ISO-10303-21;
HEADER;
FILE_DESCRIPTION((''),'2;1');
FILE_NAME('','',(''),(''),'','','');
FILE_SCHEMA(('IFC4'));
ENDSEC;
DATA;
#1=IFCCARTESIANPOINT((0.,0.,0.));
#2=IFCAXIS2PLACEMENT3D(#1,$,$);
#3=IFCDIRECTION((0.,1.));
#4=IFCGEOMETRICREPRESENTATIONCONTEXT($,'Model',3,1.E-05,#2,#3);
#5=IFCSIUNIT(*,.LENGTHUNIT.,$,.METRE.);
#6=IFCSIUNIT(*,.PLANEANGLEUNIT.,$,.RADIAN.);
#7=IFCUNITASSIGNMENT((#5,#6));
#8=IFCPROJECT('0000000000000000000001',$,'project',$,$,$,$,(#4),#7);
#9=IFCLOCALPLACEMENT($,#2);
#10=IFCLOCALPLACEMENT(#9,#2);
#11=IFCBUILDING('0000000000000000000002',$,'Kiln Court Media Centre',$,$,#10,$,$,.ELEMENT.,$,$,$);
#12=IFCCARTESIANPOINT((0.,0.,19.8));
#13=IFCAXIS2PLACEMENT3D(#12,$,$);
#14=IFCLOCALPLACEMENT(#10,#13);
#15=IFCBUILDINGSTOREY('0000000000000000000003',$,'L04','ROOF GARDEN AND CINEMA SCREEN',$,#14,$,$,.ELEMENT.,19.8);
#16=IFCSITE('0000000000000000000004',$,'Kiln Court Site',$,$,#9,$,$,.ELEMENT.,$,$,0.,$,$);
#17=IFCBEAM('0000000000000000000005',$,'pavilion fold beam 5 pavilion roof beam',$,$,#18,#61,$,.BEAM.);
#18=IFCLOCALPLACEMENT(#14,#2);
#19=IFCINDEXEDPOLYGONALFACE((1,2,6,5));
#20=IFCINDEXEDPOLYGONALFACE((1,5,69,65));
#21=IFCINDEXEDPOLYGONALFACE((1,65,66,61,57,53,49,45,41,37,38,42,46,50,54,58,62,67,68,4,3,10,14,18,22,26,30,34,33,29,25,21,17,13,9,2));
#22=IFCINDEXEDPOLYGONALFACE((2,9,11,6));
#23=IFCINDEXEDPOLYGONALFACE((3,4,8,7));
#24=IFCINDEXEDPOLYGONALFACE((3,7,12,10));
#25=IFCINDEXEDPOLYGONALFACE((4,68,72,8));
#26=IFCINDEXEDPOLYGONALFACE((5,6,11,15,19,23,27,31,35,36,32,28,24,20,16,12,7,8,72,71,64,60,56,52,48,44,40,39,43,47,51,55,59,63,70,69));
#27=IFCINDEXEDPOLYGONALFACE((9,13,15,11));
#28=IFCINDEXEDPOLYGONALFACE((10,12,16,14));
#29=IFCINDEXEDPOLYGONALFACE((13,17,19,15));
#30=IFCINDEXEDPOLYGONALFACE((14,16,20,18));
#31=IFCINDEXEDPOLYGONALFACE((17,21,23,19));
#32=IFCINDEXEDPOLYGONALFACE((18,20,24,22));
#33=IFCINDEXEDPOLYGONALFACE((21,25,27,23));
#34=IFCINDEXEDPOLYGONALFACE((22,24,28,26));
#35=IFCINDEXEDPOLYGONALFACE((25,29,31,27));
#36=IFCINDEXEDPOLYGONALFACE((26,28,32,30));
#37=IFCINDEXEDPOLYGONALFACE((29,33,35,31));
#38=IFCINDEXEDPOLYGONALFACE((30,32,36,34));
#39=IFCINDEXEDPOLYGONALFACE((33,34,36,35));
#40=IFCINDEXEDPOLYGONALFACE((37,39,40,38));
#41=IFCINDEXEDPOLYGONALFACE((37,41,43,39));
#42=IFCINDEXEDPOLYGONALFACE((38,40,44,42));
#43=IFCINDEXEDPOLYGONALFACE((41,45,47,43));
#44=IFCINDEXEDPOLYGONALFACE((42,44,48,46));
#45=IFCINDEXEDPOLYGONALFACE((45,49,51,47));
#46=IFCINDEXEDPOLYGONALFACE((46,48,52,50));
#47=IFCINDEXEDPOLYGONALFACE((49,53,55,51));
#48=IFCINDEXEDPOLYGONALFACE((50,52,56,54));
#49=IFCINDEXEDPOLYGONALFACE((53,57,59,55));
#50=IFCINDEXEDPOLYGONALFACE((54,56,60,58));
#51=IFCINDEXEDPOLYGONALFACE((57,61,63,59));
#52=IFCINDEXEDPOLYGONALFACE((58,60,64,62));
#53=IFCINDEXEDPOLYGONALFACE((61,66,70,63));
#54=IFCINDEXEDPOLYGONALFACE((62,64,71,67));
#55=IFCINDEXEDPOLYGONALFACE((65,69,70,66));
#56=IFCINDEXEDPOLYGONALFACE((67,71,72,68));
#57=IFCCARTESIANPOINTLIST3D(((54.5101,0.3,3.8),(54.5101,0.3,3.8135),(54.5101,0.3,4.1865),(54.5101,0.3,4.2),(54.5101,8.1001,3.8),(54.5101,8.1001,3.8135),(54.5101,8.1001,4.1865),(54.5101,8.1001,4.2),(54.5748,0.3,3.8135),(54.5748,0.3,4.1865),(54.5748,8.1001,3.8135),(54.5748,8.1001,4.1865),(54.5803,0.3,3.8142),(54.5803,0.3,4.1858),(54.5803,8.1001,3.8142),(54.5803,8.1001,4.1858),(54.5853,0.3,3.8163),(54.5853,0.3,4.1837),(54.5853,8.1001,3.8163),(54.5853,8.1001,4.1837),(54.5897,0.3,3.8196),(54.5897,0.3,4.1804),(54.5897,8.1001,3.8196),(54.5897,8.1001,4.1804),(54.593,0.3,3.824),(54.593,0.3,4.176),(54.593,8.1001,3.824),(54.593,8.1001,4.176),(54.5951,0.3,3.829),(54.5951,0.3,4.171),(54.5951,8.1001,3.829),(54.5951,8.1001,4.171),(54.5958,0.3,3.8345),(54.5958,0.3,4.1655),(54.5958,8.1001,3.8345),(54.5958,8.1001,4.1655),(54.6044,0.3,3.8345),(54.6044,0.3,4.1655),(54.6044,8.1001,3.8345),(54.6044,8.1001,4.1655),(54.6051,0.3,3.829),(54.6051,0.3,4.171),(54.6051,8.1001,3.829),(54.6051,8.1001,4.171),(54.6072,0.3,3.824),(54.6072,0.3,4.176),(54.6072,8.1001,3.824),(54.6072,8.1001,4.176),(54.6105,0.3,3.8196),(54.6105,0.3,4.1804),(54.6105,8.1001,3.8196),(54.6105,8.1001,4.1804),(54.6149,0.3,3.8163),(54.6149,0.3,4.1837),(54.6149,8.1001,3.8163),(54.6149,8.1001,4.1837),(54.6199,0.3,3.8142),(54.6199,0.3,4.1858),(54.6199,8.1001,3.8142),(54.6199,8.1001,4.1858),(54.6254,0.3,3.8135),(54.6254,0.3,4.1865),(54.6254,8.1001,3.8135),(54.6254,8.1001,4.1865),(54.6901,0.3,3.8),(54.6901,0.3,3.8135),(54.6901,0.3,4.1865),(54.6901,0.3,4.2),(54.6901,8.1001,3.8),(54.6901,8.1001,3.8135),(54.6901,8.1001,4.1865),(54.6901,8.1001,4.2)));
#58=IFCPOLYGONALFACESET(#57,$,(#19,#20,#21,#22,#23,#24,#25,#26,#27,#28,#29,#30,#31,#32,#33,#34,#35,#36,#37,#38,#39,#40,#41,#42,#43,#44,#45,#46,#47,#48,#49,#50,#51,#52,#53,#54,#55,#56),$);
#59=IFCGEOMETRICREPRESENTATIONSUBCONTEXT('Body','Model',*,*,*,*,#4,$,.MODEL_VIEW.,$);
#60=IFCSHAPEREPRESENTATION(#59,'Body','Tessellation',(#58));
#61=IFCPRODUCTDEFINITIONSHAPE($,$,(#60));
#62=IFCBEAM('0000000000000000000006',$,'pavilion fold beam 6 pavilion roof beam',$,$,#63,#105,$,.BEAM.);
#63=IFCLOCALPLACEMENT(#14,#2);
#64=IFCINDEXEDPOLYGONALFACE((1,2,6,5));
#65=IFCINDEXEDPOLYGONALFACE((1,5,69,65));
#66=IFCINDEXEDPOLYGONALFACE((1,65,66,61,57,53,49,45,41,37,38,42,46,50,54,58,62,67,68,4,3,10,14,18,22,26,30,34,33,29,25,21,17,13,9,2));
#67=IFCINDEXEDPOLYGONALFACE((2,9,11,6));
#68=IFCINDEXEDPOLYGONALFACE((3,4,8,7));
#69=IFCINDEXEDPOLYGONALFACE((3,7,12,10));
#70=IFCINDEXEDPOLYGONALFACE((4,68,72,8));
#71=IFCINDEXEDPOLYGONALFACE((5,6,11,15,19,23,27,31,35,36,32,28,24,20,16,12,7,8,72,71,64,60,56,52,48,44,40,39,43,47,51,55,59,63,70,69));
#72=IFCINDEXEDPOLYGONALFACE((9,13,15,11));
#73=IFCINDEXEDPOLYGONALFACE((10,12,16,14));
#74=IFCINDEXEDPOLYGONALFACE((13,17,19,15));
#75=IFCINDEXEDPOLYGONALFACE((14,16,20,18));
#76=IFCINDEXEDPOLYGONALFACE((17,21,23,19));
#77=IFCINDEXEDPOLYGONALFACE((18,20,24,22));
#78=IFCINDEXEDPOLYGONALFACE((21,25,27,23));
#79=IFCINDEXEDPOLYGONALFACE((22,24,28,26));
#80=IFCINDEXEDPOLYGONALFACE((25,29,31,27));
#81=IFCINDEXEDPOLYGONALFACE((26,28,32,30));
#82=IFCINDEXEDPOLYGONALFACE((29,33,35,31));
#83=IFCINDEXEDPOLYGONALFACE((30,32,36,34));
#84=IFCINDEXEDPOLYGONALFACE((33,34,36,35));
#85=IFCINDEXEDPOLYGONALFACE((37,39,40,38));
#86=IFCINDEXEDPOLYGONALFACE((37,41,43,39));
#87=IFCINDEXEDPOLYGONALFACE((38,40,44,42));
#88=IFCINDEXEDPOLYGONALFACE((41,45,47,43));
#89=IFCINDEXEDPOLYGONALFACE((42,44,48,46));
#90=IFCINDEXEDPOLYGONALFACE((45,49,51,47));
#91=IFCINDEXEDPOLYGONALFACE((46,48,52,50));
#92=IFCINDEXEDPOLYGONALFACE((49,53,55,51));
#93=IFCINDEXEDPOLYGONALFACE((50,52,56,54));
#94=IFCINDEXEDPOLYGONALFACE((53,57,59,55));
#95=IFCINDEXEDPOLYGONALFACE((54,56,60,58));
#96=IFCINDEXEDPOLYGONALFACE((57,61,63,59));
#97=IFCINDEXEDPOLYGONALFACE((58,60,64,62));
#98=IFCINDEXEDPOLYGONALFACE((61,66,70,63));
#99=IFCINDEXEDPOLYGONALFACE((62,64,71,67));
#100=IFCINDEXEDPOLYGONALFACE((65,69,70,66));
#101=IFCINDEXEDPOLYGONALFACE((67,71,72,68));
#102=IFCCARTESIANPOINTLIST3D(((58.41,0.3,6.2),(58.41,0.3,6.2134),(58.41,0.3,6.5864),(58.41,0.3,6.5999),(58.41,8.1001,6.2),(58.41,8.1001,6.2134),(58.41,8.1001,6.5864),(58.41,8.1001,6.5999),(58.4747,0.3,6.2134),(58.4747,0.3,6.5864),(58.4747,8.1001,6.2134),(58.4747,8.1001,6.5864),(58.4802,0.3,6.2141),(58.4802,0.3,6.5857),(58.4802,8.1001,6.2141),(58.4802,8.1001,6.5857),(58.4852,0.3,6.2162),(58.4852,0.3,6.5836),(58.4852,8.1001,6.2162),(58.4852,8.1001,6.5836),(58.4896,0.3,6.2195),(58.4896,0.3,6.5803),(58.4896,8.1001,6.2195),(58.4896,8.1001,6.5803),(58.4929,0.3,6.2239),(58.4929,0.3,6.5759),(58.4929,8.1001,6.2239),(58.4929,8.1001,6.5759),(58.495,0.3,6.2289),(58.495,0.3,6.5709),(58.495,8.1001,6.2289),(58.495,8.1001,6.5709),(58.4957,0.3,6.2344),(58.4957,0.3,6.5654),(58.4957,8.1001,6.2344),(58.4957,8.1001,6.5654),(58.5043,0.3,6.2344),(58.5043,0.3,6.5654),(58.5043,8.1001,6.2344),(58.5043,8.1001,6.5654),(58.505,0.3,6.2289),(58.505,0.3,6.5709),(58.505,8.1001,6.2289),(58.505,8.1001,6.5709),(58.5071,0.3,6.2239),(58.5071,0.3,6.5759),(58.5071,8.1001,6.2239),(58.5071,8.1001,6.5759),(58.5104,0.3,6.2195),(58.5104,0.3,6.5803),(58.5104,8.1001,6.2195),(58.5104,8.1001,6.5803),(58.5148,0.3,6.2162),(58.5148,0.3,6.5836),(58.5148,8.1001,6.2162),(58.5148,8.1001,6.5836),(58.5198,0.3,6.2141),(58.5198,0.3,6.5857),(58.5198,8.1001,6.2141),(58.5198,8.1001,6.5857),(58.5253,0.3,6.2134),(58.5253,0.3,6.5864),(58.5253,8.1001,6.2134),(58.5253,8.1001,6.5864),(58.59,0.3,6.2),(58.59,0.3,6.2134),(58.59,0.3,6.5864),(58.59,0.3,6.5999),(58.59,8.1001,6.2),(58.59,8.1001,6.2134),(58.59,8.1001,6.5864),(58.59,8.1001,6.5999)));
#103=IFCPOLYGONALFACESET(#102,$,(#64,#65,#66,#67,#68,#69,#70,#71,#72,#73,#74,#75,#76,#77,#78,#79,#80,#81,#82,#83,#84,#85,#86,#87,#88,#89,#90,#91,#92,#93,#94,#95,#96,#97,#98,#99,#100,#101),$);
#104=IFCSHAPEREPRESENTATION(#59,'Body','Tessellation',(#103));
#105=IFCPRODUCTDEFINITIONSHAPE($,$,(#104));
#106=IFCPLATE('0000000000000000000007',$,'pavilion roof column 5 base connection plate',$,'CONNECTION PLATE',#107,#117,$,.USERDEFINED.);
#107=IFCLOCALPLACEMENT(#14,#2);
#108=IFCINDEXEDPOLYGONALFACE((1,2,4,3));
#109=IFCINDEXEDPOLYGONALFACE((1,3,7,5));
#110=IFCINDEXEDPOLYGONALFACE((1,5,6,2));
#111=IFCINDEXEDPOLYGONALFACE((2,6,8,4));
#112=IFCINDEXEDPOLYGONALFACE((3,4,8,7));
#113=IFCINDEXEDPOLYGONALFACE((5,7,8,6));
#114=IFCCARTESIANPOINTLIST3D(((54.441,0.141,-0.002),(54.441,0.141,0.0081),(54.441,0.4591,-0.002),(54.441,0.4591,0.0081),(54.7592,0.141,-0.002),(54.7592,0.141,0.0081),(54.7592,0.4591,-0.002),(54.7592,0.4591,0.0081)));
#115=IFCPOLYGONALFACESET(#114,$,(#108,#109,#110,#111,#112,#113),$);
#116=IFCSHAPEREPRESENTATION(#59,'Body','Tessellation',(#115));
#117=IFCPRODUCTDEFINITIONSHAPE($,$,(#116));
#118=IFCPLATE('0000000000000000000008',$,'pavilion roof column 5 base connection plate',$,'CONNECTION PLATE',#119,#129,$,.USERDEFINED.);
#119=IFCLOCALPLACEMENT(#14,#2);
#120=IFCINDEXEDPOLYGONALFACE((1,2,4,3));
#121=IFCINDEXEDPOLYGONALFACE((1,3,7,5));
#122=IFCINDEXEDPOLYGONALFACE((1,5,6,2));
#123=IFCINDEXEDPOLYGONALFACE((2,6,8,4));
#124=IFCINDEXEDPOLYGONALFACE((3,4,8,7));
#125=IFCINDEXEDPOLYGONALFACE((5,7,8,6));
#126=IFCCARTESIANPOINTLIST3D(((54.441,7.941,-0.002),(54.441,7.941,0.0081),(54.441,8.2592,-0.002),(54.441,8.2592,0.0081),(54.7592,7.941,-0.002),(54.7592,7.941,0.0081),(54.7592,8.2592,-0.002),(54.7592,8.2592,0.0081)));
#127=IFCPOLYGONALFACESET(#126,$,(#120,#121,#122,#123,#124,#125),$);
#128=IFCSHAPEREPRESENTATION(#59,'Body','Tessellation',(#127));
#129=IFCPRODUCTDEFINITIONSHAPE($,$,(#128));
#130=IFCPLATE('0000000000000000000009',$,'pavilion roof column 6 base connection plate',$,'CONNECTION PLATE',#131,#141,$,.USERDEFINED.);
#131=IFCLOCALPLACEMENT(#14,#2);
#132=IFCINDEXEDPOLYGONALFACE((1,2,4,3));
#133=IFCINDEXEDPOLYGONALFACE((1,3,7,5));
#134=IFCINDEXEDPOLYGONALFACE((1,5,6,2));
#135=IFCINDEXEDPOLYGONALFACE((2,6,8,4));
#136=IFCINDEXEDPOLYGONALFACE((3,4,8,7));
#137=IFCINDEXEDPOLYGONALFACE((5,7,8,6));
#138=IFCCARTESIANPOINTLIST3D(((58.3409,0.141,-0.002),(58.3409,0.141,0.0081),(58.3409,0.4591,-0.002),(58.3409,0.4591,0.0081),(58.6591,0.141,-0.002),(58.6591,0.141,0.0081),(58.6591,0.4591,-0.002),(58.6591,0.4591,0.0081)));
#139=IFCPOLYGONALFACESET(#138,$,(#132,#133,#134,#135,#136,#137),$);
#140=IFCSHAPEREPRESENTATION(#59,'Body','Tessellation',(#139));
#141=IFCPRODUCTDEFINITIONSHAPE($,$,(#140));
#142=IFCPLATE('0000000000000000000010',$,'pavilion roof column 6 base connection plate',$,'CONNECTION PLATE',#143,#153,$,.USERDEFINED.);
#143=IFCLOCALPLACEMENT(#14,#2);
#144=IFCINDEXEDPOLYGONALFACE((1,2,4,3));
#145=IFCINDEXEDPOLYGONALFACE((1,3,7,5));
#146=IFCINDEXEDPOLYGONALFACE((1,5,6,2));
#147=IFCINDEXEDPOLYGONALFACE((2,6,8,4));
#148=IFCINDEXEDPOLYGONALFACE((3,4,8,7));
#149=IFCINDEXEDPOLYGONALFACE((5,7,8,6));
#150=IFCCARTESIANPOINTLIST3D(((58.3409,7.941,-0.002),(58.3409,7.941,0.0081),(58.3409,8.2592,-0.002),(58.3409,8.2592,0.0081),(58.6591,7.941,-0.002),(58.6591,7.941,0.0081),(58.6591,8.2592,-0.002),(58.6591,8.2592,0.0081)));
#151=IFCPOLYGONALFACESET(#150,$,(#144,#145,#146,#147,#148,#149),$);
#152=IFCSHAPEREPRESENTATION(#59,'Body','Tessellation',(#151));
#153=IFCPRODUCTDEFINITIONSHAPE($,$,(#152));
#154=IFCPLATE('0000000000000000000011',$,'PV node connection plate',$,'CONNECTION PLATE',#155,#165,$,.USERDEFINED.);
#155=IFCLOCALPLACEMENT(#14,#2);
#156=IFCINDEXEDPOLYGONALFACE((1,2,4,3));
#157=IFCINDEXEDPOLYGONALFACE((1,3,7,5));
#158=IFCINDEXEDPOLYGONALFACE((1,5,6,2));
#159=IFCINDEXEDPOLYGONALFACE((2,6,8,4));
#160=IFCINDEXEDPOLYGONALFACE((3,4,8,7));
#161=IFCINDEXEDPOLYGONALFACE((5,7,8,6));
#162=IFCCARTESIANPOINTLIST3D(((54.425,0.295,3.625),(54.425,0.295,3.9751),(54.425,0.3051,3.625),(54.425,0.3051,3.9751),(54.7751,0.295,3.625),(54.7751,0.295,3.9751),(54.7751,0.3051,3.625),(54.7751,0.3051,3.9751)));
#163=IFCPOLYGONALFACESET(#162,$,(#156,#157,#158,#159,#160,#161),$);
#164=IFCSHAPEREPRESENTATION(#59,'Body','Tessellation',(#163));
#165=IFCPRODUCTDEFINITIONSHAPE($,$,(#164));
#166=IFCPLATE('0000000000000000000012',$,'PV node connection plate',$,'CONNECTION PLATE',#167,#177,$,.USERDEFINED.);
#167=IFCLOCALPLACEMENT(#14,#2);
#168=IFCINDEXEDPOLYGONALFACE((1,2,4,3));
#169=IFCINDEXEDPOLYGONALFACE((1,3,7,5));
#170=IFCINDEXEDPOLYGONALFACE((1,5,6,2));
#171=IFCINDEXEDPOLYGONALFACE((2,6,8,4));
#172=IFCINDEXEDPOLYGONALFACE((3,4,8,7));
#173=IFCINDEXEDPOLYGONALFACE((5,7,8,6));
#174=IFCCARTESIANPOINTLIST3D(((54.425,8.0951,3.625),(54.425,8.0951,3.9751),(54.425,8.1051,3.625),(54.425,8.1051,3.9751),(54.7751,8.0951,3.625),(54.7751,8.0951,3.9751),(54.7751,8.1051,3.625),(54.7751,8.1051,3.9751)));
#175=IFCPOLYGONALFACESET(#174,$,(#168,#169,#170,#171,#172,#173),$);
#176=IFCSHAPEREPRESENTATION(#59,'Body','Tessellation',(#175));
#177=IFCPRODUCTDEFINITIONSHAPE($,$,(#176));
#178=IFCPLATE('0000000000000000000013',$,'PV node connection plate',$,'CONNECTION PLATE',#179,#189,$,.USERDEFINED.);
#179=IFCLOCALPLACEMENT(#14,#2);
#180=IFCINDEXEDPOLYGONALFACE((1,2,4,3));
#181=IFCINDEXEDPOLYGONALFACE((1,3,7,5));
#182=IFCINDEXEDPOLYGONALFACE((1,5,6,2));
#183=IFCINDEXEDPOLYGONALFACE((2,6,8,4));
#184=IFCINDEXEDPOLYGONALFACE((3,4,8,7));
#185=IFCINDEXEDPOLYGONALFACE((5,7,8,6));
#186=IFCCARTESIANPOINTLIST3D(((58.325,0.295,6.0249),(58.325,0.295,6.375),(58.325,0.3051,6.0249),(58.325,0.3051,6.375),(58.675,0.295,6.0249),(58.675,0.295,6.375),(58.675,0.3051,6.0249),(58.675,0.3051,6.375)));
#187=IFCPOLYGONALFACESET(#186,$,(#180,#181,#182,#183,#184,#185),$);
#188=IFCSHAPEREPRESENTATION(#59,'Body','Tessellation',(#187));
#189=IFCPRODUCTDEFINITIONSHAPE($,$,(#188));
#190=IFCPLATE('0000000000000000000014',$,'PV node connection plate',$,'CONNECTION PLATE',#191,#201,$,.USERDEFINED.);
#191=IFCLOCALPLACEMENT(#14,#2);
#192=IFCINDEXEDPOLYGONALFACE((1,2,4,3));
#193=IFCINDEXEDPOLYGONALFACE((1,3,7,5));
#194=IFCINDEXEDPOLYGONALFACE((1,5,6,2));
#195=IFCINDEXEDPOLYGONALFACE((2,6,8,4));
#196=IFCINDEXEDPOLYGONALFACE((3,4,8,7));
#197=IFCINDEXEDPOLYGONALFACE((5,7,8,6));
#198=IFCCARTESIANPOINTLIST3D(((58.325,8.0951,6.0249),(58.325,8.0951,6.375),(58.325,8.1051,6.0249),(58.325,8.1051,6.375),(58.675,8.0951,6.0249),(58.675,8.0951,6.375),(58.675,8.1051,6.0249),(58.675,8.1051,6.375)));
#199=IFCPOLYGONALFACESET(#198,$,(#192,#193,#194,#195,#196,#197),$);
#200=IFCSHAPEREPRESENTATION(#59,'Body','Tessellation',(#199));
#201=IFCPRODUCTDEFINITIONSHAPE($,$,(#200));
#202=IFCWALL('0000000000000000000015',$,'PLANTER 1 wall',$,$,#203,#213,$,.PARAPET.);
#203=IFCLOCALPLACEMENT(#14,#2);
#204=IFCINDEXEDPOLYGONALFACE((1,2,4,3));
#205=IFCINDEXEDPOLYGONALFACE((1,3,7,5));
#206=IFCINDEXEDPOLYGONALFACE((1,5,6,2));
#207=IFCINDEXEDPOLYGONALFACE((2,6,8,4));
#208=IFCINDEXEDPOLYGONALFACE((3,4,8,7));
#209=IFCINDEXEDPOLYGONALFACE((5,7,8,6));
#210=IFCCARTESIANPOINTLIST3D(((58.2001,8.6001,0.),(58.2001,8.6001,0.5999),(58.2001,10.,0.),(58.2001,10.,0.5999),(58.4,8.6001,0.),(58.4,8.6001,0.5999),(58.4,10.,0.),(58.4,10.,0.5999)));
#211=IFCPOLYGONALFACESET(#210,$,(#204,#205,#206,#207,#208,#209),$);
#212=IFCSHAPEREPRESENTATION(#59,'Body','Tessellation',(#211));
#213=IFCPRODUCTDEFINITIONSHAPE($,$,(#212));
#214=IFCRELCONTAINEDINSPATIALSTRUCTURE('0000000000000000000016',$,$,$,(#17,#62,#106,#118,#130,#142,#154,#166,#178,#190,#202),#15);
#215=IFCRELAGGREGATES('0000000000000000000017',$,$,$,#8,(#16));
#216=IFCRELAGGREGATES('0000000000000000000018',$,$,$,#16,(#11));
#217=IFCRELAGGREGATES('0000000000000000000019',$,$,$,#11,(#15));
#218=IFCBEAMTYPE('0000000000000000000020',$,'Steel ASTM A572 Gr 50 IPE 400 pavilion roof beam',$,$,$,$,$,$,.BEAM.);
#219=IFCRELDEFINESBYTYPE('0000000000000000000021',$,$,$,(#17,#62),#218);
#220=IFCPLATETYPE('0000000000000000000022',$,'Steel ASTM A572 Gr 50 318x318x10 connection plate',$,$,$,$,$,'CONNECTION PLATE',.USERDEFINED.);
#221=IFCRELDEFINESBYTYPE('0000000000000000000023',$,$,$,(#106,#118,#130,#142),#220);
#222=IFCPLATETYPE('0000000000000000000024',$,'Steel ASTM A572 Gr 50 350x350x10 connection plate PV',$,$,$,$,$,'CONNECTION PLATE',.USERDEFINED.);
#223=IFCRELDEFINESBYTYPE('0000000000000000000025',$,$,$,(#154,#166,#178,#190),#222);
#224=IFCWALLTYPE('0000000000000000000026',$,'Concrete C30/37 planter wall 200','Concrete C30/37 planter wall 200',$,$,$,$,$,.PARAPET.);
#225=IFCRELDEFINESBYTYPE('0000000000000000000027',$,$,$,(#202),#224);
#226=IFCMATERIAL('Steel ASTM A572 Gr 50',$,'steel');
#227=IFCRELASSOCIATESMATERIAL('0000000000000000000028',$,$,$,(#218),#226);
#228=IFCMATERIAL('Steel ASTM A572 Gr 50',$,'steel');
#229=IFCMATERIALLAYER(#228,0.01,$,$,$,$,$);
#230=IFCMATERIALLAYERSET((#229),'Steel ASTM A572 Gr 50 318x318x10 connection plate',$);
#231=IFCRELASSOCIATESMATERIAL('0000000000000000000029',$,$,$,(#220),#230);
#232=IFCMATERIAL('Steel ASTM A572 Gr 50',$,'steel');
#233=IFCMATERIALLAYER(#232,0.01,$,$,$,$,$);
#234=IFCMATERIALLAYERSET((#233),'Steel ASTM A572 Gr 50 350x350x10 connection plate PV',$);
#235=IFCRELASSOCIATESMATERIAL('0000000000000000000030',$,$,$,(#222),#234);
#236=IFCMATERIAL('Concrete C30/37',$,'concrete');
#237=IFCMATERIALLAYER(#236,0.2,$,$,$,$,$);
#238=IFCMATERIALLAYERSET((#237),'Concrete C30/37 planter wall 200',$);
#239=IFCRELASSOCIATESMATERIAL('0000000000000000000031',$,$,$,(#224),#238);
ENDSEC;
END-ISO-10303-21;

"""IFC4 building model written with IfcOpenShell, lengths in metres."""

from ifc_helpers import new_model, si_unit, direction, frame, frame_2d, origin, origin_2d, place, context, subcontext, project, spatial, rectangle, i_section, extrude, material, layer, layer_set, material_profile, profile_set, type_object, element, save


model = new_model("IFC4")

# Units and contexts
model_context = context("Model", 3, precision=1e-05, world=origin(), true_north=direction((0.0, 1.0)))
body_context = subcontext(model_context, "Body", "Model", "MODEL_VIEW")
ifc_project = project(units=[si_unit("LENGTHUNIT", "METRE"), si_unit("PLANEANGLEUNIT", "RADIAN")], contexts=[model_context])

# Site, building, storey
site_placement = place(None, origin())
site = spatial("IfcSite", under=ifc_project, at=site_placement, Name="Kiln Court Site", CompositionType="ELEMENT", RefElevation=0.0)
building_placement = place(site_placement, origin())
building = spatial("IfcBuilding", under=site, at=building_placement, Name="Kiln Court Media Centre", CompositionType="ELEMENT")
storey_placement = place(building_placement, frame((0.0, 0.0, 19.8)))
storey = spatial("IfcBuildingStorey", under=building, at=storey_placement, Name="L04", Description="ROOF GARDEN AND CINEMA SCREEN", CompositionType="ELEMENT", Elevation=19.8)

# Beams
ifc_material_1 = material(Name="Steel ASTM A572 Gr 50", Category="steel")
ifc_material_profile_1 = material_profile(ifc_material_1, i_section(OverallWidth=0.1799, OverallDepth=0.3999, WebThickness=0.0085, FlangeThickness=0.0134, FilletRadius=0.021, at=origin_2d()), Name="IPE 400")
ifc_profile_set_1 = profile_set([ifc_material_profile_1], Name="Steel ASTM A572 Gr 50")
beam_type_1 = type_object("IfcBeamType", Name="Steel ASTM A572 Gr 50 IPE 400 pavilion roof beam", PredefinedType="BEAM", material=ifc_profile_set_1)
for number, where, z_axis, x_axis, name in (
    (1, (54.6001, 0.3, 4.0), (0.0, 1.0, 0.0), (-1.0, 0.0, 0.0), "pavilion fold beam 5 pavilion roof beam"),
    (2, (58.5, 0.3, 6.3999), (0.0, 1.0, 0.0), (-1.0, 0.0, 0.0), "pavilion fold beam 6 pavilion roof beam"),
):
    element("IfcBeam", number, at=place(storey_placement, frame(where, z_axis=z_axis, x_axis=x_axis)), inside=storey, type_object=beam_type_1, Name=name, PredefinedType="BEAM", context=body_context, shape_type="SweptSolid", body=[
        extrude(i_section(OverallWidth=0.1799, OverallDepth=0.3999, WebThickness=0.0085, FlangeThickness=0.0134, FilletRadius=0.021, at=origin_2d()), origin(), (0.0, 0.0, 1.0), 7.8),
    ])

# Plates
ifc_material_2 = material(Name="Steel ASTM A572 Gr 50", Category="steel")
ifc_layer_1 = layer(ifc_material_2, 0.01)
ifc_layer_set_1 = layer_set([ifc_layer_1], Name="Steel ASTM A572 Gr 50 318x318x10 connection plate")
plate_type_1 = type_object("IfcPlateType", Name="Steel ASTM A572 Gr 50 318x318x10 connection plate", ElementType="CONNECTION PLATE", PredefinedType="USERDEFINED", material=ifc_layer_set_1)
for number, where, z_axis, x_axis, name in (
    (3, (54.6001, 0.3, -0.002), (0.0, 0.0, 1.0), (1.0, 0.0, 0.0), "pavilion roof column 5 base connection plate"),
    (4, (54.6001, 8.1001, -0.002), (0.0, 0.0, 1.0), (1.0, 0.0, 0.0), "pavilion roof column 5 base connection plate"),
    (5, (58.5, 0.3, -0.002), (0.0, 0.0, 1.0), (1.0, 0.0, 0.0), "pavilion roof column 6 base connection plate"),
    (6, (58.5, 8.1001, -0.002), (0.0, 0.0, 1.0), (1.0, 0.0, 0.0), "pavilion roof column 6 base connection plate"),
):
    element("IfcPlate", number, at=place(storey_placement, frame(where, z_axis=z_axis, x_axis=x_axis)), inside=storey, type_object=plate_type_1, Name=name, ObjectType="CONNECTION PLATE", PredefinedType="USERDEFINED", context=body_context, shape_type="SweptSolid", body=[
        extrude(rectangle(XDim=0.3181, YDim=0.3181, at=origin_2d()), origin(), (0.0, 0.0, 1.0), 0.01),
    ])
ifc_material_3 = material(Name="Steel ASTM A572 Gr 50", Category="steel")
ifc_layer_2 = layer(ifc_material_3, 0.01)
ifc_layer_set_2 = layer_set([ifc_layer_2], Name="Steel ASTM A572 Gr 50 350x350x10 connection plate PV")
plate_type_2 = type_object("IfcPlateType", Name="Steel ASTM A572 Gr 50 350x350x10 connection plate PV", ElementType="CONNECTION PLATE", PredefinedType="USERDEFINED", material=ifc_layer_set_2)
for number, where, z_axis, x_axis, name in (
    (7, (54.6001, 0.3, 3.625), (0.0, 0.0, 1.0), (1.0, 0.0, 0.0), "PV node connection plate"),
    (8, (54.6001, 8.1001, 3.625), (0.0, 0.0, 1.0), (1.0, 0.0, 0.0), "PV node connection plate"),
    (9, (58.5, 0.3, 6.0249), (0.0, 0.0, 1.0), (1.0, 0.0, 0.0), "PV node connection plate"),
    (10, (58.5, 8.1001, 6.0249), (0.0, 0.0, 1.0), (1.0, 0.0, 0.0), "PV node connection plate"),
):
    element("IfcPlate", number, at=place(storey_placement, frame(where, z_axis=z_axis, x_axis=x_axis)), inside=storey, type_object=plate_type_2, Name=name, ObjectType="CONNECTION PLATE", PredefinedType="USERDEFINED", context=body_context, shape_type="SweptSolid", body=[
        extrude(rectangle(XDim=0.3501, YDim=0.01, at=origin_2d()), origin(), (0.0, 0.0, 1.0), 0.3501),
    ])

# Wall
ifc_material_4 = material(Name="Concrete C30/37", Category="concrete")
ifc_layer_3 = layer(ifc_material_4, 0.2)
ifc_layer_set_3 = layer_set([ifc_layer_3], Name="Concrete C30/37 planter wall 200")
wall_type_1 = type_object("IfcWallType", Name="Concrete C30/37 planter wall 200", Description="Concrete C30/37 planter wall 200", PredefinedType="PARAPET", material=ifc_layer_set_3)
wall_1_placement = place(storey_placement, frame((58.3, 8.6001, 0.0), z_axis=(0.0, 0.0, 1.0), x_axis=(0.0, 1.0, 0.0)))
element("IfcWall", 11, at=wall_1_placement, inside=storey, type_object=wall_type_1, Name="PLANTER 1 wall", PredefinedType="PARAPET", context=body_context, shape_type="SweptSolid", body=[
    extrude(rectangle(XDim=1.3999, YDim=0.2, at=frame_2d((0.7, 0.0))), origin(), (0.0, 0.0, 1.0), 0.5999),
])

save(model, "model.ifc")
